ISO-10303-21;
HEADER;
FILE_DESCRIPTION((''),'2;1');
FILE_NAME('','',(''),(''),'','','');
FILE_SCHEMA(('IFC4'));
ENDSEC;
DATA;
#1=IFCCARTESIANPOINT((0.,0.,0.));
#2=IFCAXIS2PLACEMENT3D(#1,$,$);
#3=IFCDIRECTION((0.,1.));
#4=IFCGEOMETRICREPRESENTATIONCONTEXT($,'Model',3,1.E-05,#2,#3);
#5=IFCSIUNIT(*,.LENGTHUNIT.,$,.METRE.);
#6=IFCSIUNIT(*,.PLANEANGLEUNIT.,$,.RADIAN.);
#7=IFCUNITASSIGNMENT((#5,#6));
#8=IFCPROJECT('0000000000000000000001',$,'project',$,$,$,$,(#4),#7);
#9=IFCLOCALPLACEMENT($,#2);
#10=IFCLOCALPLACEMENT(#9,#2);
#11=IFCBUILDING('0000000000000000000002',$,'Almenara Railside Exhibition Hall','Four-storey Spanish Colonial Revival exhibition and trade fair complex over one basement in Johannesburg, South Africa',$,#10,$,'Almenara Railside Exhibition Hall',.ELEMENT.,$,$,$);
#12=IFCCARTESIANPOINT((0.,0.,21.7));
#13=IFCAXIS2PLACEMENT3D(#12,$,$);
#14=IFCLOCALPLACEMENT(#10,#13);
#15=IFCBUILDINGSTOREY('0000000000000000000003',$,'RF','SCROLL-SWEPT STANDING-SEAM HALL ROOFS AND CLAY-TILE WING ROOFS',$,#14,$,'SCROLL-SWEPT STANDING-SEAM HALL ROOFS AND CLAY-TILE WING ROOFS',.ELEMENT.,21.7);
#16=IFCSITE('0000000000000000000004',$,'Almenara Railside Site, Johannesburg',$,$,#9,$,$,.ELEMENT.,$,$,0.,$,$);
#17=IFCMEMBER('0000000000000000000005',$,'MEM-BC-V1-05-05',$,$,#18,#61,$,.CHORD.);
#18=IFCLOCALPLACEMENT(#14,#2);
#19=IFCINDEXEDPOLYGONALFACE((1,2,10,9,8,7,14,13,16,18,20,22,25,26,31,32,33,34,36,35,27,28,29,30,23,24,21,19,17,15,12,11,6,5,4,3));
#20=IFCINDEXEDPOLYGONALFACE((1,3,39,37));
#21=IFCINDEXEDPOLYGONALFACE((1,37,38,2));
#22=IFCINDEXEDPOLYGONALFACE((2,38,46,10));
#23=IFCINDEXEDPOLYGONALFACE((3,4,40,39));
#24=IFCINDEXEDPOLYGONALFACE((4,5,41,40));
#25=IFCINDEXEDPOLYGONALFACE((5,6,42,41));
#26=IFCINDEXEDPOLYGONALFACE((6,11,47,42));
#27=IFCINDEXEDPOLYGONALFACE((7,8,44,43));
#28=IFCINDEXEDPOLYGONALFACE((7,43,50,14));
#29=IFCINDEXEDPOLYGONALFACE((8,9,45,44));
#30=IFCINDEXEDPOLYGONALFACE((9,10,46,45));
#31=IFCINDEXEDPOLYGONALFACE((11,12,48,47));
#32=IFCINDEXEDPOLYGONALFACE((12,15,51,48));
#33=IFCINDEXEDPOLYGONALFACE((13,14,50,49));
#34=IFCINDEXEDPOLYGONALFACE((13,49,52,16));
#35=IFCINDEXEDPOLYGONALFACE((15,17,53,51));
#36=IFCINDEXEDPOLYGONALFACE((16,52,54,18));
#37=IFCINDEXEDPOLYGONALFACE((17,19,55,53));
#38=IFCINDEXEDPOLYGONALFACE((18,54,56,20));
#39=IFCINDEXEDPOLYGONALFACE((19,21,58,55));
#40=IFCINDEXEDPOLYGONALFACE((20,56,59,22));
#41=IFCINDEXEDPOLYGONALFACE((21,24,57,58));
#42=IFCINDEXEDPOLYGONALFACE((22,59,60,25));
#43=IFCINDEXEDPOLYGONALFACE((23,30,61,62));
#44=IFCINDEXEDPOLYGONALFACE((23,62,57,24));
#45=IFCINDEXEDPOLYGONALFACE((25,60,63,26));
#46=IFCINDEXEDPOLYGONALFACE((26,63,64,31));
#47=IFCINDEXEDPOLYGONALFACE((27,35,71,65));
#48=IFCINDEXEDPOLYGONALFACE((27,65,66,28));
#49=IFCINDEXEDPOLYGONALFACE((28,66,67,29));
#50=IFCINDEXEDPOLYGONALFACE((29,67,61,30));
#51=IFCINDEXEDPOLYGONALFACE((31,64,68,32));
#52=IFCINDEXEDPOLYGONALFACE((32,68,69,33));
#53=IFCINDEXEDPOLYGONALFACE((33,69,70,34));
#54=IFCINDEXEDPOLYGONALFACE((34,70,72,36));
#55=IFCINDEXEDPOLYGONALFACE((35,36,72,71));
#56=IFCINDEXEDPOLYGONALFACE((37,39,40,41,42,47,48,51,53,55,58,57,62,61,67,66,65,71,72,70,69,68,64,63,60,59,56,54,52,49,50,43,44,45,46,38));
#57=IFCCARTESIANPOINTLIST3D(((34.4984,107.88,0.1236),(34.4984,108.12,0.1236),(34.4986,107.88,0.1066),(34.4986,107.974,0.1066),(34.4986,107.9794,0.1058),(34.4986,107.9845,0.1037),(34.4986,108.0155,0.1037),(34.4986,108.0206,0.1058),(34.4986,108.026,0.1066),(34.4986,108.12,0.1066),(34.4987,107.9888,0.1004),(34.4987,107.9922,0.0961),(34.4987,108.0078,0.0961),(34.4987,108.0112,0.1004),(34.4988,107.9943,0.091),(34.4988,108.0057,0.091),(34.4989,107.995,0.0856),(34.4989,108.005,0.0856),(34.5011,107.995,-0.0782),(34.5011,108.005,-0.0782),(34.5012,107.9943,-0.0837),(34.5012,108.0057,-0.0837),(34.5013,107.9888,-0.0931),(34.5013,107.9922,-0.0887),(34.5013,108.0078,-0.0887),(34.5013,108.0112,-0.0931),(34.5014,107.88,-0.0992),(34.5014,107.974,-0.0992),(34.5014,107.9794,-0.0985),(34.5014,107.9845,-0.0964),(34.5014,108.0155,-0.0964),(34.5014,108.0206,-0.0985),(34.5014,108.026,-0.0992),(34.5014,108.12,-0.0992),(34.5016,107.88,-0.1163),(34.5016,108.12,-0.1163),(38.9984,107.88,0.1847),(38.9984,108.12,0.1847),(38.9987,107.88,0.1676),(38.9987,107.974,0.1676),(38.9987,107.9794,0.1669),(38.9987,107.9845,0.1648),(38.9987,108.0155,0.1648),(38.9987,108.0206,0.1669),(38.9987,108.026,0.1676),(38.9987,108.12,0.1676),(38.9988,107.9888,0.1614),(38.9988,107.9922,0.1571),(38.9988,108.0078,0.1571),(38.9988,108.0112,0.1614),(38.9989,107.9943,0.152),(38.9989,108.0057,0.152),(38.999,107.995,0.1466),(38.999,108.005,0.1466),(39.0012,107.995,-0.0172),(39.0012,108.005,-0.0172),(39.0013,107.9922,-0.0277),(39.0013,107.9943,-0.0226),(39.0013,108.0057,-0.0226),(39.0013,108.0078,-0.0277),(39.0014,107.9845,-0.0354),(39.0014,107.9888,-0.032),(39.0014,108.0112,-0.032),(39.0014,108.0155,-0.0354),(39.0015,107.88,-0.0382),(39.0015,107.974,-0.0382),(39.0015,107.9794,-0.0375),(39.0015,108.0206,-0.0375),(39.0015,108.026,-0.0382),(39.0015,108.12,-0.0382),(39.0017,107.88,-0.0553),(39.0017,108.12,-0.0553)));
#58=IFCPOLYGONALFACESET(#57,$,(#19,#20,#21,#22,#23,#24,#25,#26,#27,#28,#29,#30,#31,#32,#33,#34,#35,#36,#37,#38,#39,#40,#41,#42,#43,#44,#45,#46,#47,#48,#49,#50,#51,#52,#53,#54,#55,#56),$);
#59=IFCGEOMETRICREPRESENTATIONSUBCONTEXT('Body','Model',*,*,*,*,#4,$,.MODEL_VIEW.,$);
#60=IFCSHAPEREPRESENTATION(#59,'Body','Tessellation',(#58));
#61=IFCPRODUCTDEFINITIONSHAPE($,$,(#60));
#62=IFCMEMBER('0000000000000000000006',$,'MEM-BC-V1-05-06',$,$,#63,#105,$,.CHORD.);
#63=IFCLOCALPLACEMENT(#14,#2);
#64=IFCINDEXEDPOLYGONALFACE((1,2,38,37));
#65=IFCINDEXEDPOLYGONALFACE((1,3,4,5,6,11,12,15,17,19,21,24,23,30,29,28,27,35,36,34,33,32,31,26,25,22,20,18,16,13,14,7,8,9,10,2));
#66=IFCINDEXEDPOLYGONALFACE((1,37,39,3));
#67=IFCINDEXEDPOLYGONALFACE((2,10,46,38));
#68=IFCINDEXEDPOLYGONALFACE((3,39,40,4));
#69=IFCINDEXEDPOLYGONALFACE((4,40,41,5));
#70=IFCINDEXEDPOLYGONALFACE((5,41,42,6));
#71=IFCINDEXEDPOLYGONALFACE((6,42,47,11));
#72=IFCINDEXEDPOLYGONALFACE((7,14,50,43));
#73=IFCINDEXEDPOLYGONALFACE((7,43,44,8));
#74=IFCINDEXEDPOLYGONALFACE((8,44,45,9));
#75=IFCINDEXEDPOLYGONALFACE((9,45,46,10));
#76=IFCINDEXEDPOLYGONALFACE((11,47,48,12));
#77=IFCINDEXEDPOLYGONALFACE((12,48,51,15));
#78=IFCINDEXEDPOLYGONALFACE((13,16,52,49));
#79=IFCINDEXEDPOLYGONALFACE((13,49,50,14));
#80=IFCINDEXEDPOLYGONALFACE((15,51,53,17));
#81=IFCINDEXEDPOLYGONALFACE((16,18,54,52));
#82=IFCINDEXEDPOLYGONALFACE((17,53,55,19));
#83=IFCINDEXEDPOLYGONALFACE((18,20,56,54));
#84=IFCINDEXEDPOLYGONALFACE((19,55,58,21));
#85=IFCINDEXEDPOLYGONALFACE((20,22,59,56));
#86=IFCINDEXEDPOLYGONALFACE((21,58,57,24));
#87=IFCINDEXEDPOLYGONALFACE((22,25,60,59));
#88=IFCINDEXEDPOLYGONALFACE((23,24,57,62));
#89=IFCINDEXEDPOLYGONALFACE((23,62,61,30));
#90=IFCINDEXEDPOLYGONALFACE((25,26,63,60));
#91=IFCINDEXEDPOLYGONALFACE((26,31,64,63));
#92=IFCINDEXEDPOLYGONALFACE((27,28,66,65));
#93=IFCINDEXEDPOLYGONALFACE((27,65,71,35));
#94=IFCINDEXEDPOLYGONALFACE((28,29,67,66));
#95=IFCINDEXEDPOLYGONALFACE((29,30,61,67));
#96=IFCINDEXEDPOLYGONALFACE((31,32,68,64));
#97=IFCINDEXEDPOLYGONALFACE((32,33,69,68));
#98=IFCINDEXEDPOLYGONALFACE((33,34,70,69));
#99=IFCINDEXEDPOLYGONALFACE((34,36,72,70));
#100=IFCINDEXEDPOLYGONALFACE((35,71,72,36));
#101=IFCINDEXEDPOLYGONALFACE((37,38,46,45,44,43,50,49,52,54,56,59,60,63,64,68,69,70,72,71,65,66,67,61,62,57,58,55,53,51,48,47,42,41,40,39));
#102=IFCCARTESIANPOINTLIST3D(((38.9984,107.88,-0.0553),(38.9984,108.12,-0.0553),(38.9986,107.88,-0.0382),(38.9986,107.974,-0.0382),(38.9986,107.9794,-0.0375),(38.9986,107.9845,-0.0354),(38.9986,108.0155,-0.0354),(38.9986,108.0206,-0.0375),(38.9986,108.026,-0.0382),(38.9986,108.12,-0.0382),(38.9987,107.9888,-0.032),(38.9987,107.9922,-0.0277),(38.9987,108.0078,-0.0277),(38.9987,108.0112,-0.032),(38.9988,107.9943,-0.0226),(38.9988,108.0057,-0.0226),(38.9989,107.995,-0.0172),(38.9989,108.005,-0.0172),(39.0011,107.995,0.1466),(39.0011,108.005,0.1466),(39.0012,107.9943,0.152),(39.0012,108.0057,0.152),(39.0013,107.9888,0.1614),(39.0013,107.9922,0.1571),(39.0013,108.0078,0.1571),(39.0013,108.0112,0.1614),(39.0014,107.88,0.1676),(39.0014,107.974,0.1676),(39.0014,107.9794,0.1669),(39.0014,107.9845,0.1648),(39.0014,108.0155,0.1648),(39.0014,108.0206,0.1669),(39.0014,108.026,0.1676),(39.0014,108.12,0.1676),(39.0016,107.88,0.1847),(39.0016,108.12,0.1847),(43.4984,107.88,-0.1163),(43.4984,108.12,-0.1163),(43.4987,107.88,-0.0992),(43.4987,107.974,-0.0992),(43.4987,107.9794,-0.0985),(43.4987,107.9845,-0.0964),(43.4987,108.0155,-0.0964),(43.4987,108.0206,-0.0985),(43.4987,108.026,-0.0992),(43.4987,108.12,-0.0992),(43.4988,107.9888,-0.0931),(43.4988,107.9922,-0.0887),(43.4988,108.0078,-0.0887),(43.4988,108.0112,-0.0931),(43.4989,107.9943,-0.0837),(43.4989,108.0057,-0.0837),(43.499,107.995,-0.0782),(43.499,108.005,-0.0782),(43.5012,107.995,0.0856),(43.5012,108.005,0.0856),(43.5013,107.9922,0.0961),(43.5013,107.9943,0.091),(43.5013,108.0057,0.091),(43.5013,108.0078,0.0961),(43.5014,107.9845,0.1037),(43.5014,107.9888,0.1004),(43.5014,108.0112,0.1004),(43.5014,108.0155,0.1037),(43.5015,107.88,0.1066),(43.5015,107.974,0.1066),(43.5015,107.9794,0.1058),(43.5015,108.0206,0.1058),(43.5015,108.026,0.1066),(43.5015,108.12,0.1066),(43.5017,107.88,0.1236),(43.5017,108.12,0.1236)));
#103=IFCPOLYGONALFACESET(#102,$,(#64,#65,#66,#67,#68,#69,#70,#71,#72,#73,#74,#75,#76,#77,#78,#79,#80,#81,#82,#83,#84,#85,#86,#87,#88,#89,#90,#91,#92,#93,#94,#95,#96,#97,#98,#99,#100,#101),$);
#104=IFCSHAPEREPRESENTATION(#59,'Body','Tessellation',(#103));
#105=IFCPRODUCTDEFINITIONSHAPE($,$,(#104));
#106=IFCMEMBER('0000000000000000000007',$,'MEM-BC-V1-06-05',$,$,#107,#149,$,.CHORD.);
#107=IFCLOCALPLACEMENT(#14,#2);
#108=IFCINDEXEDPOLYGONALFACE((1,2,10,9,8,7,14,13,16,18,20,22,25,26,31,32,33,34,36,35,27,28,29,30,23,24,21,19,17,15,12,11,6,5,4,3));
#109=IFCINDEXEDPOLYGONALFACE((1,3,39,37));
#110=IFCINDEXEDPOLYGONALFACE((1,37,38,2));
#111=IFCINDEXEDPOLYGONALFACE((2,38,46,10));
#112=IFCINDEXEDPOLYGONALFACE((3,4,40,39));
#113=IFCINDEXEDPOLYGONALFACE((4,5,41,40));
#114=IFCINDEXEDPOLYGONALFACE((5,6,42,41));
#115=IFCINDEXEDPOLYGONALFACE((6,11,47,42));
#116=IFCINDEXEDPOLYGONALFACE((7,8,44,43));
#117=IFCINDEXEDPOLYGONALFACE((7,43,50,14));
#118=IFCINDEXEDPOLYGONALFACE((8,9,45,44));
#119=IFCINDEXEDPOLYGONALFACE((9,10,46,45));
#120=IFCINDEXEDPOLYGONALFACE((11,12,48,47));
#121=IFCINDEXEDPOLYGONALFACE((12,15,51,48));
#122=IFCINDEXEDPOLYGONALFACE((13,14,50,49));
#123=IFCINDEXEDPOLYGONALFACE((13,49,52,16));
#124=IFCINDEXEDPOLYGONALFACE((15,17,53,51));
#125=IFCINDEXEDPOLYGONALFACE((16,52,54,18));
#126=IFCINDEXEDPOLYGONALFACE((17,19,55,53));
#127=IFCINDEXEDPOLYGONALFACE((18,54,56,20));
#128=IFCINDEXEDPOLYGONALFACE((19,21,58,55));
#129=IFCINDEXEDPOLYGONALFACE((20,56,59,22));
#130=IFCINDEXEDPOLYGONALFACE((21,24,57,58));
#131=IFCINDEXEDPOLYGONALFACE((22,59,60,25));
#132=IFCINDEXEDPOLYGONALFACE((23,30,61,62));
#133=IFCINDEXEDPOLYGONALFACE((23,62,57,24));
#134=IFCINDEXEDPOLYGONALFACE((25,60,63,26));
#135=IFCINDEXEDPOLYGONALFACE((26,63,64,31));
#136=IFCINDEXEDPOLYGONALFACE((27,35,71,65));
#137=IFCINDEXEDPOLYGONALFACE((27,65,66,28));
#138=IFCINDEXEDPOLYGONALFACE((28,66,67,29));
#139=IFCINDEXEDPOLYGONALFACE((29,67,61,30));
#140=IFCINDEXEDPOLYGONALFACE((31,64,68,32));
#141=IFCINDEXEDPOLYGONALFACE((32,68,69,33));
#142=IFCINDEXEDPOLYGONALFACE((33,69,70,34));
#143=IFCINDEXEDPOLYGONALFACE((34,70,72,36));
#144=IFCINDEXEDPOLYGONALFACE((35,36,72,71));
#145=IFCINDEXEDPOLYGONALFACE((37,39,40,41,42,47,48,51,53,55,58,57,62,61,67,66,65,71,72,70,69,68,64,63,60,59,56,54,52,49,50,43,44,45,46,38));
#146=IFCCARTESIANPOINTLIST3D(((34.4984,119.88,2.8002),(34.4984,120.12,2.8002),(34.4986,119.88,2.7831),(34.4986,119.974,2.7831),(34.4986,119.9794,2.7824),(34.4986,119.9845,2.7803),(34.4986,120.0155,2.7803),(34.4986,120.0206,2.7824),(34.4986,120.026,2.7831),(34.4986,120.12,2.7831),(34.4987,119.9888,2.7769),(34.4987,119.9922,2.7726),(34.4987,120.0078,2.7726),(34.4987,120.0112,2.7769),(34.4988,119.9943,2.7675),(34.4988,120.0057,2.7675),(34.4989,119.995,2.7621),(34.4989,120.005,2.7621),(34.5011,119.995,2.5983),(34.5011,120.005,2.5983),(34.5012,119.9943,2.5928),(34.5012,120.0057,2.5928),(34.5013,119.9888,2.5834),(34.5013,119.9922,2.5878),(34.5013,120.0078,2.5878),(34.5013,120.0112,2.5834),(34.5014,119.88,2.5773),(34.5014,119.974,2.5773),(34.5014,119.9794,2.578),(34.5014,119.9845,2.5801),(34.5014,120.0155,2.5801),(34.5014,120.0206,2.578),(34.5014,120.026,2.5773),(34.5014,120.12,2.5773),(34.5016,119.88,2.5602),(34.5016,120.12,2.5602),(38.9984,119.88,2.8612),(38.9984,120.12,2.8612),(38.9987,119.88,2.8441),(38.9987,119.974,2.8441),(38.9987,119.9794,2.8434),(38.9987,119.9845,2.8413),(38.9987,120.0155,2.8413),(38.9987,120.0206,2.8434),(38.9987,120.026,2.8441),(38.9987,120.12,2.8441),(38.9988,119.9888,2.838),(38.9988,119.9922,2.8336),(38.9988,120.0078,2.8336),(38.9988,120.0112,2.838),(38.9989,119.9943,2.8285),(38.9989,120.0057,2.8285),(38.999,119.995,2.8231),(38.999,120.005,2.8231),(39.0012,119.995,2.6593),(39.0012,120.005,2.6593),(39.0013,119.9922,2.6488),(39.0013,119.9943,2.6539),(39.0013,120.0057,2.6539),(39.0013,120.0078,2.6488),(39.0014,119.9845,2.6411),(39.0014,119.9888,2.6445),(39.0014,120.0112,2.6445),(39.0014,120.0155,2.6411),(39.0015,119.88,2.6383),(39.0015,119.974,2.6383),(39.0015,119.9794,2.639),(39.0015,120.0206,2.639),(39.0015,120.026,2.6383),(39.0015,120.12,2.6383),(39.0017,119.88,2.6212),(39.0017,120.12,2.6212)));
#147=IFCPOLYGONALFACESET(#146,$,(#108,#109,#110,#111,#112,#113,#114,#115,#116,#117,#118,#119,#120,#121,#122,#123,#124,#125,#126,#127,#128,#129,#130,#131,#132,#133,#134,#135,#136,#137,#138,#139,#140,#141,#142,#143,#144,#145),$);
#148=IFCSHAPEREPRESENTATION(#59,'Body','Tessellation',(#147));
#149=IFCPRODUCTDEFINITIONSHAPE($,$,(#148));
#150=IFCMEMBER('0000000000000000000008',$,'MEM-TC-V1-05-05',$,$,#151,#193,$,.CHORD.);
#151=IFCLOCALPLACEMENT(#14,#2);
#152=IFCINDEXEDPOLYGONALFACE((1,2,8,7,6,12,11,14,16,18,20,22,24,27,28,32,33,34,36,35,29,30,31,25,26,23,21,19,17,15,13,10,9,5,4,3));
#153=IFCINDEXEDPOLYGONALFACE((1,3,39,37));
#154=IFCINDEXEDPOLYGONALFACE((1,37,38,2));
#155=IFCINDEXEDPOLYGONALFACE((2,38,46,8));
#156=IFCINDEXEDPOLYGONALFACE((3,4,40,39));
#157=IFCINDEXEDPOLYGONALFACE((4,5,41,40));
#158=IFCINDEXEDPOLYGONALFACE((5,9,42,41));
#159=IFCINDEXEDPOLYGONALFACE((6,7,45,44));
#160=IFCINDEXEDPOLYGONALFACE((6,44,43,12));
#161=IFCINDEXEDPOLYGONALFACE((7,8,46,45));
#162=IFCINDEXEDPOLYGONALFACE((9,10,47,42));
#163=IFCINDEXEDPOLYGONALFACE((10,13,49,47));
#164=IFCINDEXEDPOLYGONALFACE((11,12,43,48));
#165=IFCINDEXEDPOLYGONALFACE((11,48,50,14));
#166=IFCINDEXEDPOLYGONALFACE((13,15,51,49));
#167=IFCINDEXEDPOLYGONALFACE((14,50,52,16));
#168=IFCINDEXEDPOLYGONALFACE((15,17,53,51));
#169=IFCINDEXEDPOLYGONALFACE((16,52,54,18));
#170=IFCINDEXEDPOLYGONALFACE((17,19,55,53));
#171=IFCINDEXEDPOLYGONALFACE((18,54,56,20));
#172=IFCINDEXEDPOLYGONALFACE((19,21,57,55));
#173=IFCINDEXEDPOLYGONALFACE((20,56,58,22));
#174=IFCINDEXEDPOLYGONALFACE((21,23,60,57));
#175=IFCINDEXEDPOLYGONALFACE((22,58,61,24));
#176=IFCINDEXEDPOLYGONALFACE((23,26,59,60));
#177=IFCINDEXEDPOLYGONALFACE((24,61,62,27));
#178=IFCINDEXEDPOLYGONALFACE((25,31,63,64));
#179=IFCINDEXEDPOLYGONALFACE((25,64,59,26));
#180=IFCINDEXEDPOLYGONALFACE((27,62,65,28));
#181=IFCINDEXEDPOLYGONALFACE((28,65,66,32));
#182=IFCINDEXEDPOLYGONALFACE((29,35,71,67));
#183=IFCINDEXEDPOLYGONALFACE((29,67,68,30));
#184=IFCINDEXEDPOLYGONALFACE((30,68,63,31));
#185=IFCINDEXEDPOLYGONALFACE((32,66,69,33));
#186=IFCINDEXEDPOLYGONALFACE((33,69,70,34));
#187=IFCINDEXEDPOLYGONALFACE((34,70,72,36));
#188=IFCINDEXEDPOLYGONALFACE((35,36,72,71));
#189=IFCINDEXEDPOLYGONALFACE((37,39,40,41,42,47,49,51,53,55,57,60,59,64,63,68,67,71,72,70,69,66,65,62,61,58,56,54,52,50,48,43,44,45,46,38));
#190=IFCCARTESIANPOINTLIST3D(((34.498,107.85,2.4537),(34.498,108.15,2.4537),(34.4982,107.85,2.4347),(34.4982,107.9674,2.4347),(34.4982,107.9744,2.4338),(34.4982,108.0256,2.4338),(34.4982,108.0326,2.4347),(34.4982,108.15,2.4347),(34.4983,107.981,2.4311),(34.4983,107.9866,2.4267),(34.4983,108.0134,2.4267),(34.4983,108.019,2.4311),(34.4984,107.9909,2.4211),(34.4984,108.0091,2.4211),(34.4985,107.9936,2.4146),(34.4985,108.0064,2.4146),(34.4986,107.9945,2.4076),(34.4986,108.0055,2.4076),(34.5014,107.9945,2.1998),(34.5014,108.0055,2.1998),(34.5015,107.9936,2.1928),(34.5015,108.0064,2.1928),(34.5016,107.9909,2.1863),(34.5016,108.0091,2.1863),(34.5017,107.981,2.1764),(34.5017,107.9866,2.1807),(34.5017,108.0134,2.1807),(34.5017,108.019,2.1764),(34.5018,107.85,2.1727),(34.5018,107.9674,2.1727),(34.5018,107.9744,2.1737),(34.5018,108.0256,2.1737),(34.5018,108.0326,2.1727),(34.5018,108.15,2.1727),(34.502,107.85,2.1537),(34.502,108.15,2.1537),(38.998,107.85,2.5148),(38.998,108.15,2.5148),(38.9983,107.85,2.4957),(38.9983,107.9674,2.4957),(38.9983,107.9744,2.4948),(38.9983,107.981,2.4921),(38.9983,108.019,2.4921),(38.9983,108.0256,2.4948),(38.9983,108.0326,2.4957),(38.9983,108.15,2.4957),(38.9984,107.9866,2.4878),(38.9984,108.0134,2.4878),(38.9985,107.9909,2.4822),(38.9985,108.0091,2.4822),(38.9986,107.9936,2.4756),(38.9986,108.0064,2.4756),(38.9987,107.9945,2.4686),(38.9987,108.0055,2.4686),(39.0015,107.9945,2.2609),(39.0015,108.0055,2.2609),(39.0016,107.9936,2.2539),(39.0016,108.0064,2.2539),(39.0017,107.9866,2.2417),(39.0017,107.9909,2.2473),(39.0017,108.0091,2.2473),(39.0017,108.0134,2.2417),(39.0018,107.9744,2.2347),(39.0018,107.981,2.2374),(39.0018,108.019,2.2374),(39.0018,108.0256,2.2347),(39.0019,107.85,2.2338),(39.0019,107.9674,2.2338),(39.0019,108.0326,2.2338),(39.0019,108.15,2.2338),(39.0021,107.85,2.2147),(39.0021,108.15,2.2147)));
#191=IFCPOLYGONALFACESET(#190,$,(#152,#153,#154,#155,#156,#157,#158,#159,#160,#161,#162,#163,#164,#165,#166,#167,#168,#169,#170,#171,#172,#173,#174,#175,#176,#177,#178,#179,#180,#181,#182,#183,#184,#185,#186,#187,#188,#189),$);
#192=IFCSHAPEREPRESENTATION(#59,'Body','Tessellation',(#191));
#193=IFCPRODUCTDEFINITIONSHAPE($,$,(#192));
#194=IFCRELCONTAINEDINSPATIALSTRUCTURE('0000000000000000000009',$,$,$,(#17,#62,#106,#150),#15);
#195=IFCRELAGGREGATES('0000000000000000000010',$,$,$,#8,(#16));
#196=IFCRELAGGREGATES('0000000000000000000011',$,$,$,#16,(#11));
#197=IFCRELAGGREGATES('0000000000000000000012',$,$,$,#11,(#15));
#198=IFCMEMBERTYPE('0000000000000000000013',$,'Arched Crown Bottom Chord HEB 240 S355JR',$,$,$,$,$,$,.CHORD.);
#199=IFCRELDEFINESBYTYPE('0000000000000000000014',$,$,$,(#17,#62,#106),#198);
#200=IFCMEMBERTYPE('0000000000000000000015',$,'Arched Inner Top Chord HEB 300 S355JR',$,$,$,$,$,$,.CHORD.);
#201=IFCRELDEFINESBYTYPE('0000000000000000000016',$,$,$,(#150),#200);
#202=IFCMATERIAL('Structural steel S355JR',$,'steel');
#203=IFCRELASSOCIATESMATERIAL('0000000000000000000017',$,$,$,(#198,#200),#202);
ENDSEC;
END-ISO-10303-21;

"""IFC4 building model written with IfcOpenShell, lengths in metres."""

from ifc_helpers import new_model, si_unit, direction, frame, origin, origin_2d, place, context, subcontext, project, spatial, i_section, extrude, material, material_profile, profile_set, type_object, element, save


model = new_model("IFC4")

# Units and contexts
model_context = context("Model", 3, precision=1e-05, world=origin(), true_north=direction((0.0, 1.0)))
body_context = subcontext(model_context, "Body", "Model", "MODEL_VIEW")
ifc_project = project(units=[si_unit("LENGTHUNIT", "METRE"), si_unit("PLANEANGLEUNIT", "RADIAN")], contexts=[model_context])

# Site, building, storey
site_placement = place(None, origin())
site = spatial("IfcSite", under=ifc_project, at=site_placement, Name="Almenara Railside Site, Johannesburg", CompositionType="ELEMENT", RefElevation=0.0)
building_placement = place(site_placement, origin())
building = spatial("IfcBuilding", under=site, at=building_placement, Name="Almenara Railside Exhibition Hall", Description="Four-storey Spanish Colonial Revival exhibition and trade fair complex over one basement in Johannesburg, South Africa", LongName="Almenara Railside Exhibition Hall", CompositionType="ELEMENT")
storey_placement = place(building_placement, frame((0.0, 0.0, 21.7)))
storey = spatial("IfcBuildingStorey", under=building, at=storey_placement, Name="RF", Description="SCROLL-SWEPT STANDING-SEAM HALL ROOFS AND CLAY-TILE WING ROOFS", LongName="SCROLL-SWEPT STANDING-SEAM HALL ROOFS AND CLAY-TILE WING ROOFS", CompositionType="ELEMENT", Elevation=21.7)

# Members
ifc_material_1 = material(Name="Structural steel S355JR", Category="steel")
ifc_material_profile_1 = material_profile(ifc_material_1, i_section(OverallWidth=0.24, OverallDepth=0.24, WebThickness=0.01, FlangeThickness=0.0171, FilletRadius=0.021, at=origin_2d()), Name="HEB 240")
ifc_profile_set_1 = profile_set([ifc_material_profile_1], Name="Structural steel S355JR")
member_type_1 = type_object("IfcMemberType", Name="Arched Crown Bottom Chord HEB 240 S355JR", PredefinedType="CHORD", material=ifc_profile_set_1)
for number, where, z_axis, x_axis, name in (
    (1, (34.5, 108.0, 0.0037), (0.999908, 0.0, 0.013562), (0.0, 1.0, 0.0), "MEM-BC-V1-05-05"),
    (2, (39.0, 108.0, 0.0647), (0.999908, 0.0, -0.013562), (0.0, 1.0, 0.0), "MEM-BC-V1-05-06"),
    (3, (34.5, 120.0, 2.6802), (0.999908, 0.0, 0.013562), (0.0, 1.0, 0.0), "MEM-BC-V1-06-05"),
):
    element("IfcMember", number, at=place(storey_placement, frame(where, z_axis=z_axis, x_axis=x_axis)), inside=storey, type_object=member_type_1, Name=name, PredefinedType="CHORD", context=body_context, shape_type="SweptSolid", body=[
        extrude(i_section(OverallWidth=0.24, OverallDepth=0.24, WebThickness=0.01, FlangeThickness=0.0171, FilletRadius=0.021, at=origin_2d()), origin(), (0.0, 0.0, 1.0), 4.5005),
    ])
ifc_material_profile_2 = material_profile(ifc_material_1, i_section(OverallWidth=0.3, OverallDepth=0.3, WebThickness=0.011, FlangeThickness=0.019, FilletRadius=0.0271, at=origin_2d()), Name="HEB 300")
ifc_profile_set_2 = profile_set([ifc_material_profile_2], Name="Structural steel S355JR")
member_type_2 = type_object("IfcMemberType", Name="Arched Inner Top Chord HEB 300 S355JR", PredefinedType="CHORD", material=ifc_profile_set_2)
for number, where, z_axis, x_axis, name in (
    (4, (34.5, 108.0, 2.3037), (0.999908, 0.0, 0.013562), (0.0, 1.0, 0.0), "MEM-TC-V1-05-05"),
):
    element("IfcMember", number, at=place(storey_placement, frame(where, z_axis=z_axis, x_axis=x_axis)), inside=storey, type_object=member_type_2, Name=name, PredefinedType="CHORD", context=body_context, shape_type="SweptSolid", body=[
        extrude(i_section(OverallWidth=0.3, OverallDepth=0.3, WebThickness=0.011, FlangeThickness=0.019, FilletRadius=0.0271, at=origin_2d()), origin(), (0.0, 0.0, 1.0), 4.5005),
    ])

save(model, "model.ifc")
